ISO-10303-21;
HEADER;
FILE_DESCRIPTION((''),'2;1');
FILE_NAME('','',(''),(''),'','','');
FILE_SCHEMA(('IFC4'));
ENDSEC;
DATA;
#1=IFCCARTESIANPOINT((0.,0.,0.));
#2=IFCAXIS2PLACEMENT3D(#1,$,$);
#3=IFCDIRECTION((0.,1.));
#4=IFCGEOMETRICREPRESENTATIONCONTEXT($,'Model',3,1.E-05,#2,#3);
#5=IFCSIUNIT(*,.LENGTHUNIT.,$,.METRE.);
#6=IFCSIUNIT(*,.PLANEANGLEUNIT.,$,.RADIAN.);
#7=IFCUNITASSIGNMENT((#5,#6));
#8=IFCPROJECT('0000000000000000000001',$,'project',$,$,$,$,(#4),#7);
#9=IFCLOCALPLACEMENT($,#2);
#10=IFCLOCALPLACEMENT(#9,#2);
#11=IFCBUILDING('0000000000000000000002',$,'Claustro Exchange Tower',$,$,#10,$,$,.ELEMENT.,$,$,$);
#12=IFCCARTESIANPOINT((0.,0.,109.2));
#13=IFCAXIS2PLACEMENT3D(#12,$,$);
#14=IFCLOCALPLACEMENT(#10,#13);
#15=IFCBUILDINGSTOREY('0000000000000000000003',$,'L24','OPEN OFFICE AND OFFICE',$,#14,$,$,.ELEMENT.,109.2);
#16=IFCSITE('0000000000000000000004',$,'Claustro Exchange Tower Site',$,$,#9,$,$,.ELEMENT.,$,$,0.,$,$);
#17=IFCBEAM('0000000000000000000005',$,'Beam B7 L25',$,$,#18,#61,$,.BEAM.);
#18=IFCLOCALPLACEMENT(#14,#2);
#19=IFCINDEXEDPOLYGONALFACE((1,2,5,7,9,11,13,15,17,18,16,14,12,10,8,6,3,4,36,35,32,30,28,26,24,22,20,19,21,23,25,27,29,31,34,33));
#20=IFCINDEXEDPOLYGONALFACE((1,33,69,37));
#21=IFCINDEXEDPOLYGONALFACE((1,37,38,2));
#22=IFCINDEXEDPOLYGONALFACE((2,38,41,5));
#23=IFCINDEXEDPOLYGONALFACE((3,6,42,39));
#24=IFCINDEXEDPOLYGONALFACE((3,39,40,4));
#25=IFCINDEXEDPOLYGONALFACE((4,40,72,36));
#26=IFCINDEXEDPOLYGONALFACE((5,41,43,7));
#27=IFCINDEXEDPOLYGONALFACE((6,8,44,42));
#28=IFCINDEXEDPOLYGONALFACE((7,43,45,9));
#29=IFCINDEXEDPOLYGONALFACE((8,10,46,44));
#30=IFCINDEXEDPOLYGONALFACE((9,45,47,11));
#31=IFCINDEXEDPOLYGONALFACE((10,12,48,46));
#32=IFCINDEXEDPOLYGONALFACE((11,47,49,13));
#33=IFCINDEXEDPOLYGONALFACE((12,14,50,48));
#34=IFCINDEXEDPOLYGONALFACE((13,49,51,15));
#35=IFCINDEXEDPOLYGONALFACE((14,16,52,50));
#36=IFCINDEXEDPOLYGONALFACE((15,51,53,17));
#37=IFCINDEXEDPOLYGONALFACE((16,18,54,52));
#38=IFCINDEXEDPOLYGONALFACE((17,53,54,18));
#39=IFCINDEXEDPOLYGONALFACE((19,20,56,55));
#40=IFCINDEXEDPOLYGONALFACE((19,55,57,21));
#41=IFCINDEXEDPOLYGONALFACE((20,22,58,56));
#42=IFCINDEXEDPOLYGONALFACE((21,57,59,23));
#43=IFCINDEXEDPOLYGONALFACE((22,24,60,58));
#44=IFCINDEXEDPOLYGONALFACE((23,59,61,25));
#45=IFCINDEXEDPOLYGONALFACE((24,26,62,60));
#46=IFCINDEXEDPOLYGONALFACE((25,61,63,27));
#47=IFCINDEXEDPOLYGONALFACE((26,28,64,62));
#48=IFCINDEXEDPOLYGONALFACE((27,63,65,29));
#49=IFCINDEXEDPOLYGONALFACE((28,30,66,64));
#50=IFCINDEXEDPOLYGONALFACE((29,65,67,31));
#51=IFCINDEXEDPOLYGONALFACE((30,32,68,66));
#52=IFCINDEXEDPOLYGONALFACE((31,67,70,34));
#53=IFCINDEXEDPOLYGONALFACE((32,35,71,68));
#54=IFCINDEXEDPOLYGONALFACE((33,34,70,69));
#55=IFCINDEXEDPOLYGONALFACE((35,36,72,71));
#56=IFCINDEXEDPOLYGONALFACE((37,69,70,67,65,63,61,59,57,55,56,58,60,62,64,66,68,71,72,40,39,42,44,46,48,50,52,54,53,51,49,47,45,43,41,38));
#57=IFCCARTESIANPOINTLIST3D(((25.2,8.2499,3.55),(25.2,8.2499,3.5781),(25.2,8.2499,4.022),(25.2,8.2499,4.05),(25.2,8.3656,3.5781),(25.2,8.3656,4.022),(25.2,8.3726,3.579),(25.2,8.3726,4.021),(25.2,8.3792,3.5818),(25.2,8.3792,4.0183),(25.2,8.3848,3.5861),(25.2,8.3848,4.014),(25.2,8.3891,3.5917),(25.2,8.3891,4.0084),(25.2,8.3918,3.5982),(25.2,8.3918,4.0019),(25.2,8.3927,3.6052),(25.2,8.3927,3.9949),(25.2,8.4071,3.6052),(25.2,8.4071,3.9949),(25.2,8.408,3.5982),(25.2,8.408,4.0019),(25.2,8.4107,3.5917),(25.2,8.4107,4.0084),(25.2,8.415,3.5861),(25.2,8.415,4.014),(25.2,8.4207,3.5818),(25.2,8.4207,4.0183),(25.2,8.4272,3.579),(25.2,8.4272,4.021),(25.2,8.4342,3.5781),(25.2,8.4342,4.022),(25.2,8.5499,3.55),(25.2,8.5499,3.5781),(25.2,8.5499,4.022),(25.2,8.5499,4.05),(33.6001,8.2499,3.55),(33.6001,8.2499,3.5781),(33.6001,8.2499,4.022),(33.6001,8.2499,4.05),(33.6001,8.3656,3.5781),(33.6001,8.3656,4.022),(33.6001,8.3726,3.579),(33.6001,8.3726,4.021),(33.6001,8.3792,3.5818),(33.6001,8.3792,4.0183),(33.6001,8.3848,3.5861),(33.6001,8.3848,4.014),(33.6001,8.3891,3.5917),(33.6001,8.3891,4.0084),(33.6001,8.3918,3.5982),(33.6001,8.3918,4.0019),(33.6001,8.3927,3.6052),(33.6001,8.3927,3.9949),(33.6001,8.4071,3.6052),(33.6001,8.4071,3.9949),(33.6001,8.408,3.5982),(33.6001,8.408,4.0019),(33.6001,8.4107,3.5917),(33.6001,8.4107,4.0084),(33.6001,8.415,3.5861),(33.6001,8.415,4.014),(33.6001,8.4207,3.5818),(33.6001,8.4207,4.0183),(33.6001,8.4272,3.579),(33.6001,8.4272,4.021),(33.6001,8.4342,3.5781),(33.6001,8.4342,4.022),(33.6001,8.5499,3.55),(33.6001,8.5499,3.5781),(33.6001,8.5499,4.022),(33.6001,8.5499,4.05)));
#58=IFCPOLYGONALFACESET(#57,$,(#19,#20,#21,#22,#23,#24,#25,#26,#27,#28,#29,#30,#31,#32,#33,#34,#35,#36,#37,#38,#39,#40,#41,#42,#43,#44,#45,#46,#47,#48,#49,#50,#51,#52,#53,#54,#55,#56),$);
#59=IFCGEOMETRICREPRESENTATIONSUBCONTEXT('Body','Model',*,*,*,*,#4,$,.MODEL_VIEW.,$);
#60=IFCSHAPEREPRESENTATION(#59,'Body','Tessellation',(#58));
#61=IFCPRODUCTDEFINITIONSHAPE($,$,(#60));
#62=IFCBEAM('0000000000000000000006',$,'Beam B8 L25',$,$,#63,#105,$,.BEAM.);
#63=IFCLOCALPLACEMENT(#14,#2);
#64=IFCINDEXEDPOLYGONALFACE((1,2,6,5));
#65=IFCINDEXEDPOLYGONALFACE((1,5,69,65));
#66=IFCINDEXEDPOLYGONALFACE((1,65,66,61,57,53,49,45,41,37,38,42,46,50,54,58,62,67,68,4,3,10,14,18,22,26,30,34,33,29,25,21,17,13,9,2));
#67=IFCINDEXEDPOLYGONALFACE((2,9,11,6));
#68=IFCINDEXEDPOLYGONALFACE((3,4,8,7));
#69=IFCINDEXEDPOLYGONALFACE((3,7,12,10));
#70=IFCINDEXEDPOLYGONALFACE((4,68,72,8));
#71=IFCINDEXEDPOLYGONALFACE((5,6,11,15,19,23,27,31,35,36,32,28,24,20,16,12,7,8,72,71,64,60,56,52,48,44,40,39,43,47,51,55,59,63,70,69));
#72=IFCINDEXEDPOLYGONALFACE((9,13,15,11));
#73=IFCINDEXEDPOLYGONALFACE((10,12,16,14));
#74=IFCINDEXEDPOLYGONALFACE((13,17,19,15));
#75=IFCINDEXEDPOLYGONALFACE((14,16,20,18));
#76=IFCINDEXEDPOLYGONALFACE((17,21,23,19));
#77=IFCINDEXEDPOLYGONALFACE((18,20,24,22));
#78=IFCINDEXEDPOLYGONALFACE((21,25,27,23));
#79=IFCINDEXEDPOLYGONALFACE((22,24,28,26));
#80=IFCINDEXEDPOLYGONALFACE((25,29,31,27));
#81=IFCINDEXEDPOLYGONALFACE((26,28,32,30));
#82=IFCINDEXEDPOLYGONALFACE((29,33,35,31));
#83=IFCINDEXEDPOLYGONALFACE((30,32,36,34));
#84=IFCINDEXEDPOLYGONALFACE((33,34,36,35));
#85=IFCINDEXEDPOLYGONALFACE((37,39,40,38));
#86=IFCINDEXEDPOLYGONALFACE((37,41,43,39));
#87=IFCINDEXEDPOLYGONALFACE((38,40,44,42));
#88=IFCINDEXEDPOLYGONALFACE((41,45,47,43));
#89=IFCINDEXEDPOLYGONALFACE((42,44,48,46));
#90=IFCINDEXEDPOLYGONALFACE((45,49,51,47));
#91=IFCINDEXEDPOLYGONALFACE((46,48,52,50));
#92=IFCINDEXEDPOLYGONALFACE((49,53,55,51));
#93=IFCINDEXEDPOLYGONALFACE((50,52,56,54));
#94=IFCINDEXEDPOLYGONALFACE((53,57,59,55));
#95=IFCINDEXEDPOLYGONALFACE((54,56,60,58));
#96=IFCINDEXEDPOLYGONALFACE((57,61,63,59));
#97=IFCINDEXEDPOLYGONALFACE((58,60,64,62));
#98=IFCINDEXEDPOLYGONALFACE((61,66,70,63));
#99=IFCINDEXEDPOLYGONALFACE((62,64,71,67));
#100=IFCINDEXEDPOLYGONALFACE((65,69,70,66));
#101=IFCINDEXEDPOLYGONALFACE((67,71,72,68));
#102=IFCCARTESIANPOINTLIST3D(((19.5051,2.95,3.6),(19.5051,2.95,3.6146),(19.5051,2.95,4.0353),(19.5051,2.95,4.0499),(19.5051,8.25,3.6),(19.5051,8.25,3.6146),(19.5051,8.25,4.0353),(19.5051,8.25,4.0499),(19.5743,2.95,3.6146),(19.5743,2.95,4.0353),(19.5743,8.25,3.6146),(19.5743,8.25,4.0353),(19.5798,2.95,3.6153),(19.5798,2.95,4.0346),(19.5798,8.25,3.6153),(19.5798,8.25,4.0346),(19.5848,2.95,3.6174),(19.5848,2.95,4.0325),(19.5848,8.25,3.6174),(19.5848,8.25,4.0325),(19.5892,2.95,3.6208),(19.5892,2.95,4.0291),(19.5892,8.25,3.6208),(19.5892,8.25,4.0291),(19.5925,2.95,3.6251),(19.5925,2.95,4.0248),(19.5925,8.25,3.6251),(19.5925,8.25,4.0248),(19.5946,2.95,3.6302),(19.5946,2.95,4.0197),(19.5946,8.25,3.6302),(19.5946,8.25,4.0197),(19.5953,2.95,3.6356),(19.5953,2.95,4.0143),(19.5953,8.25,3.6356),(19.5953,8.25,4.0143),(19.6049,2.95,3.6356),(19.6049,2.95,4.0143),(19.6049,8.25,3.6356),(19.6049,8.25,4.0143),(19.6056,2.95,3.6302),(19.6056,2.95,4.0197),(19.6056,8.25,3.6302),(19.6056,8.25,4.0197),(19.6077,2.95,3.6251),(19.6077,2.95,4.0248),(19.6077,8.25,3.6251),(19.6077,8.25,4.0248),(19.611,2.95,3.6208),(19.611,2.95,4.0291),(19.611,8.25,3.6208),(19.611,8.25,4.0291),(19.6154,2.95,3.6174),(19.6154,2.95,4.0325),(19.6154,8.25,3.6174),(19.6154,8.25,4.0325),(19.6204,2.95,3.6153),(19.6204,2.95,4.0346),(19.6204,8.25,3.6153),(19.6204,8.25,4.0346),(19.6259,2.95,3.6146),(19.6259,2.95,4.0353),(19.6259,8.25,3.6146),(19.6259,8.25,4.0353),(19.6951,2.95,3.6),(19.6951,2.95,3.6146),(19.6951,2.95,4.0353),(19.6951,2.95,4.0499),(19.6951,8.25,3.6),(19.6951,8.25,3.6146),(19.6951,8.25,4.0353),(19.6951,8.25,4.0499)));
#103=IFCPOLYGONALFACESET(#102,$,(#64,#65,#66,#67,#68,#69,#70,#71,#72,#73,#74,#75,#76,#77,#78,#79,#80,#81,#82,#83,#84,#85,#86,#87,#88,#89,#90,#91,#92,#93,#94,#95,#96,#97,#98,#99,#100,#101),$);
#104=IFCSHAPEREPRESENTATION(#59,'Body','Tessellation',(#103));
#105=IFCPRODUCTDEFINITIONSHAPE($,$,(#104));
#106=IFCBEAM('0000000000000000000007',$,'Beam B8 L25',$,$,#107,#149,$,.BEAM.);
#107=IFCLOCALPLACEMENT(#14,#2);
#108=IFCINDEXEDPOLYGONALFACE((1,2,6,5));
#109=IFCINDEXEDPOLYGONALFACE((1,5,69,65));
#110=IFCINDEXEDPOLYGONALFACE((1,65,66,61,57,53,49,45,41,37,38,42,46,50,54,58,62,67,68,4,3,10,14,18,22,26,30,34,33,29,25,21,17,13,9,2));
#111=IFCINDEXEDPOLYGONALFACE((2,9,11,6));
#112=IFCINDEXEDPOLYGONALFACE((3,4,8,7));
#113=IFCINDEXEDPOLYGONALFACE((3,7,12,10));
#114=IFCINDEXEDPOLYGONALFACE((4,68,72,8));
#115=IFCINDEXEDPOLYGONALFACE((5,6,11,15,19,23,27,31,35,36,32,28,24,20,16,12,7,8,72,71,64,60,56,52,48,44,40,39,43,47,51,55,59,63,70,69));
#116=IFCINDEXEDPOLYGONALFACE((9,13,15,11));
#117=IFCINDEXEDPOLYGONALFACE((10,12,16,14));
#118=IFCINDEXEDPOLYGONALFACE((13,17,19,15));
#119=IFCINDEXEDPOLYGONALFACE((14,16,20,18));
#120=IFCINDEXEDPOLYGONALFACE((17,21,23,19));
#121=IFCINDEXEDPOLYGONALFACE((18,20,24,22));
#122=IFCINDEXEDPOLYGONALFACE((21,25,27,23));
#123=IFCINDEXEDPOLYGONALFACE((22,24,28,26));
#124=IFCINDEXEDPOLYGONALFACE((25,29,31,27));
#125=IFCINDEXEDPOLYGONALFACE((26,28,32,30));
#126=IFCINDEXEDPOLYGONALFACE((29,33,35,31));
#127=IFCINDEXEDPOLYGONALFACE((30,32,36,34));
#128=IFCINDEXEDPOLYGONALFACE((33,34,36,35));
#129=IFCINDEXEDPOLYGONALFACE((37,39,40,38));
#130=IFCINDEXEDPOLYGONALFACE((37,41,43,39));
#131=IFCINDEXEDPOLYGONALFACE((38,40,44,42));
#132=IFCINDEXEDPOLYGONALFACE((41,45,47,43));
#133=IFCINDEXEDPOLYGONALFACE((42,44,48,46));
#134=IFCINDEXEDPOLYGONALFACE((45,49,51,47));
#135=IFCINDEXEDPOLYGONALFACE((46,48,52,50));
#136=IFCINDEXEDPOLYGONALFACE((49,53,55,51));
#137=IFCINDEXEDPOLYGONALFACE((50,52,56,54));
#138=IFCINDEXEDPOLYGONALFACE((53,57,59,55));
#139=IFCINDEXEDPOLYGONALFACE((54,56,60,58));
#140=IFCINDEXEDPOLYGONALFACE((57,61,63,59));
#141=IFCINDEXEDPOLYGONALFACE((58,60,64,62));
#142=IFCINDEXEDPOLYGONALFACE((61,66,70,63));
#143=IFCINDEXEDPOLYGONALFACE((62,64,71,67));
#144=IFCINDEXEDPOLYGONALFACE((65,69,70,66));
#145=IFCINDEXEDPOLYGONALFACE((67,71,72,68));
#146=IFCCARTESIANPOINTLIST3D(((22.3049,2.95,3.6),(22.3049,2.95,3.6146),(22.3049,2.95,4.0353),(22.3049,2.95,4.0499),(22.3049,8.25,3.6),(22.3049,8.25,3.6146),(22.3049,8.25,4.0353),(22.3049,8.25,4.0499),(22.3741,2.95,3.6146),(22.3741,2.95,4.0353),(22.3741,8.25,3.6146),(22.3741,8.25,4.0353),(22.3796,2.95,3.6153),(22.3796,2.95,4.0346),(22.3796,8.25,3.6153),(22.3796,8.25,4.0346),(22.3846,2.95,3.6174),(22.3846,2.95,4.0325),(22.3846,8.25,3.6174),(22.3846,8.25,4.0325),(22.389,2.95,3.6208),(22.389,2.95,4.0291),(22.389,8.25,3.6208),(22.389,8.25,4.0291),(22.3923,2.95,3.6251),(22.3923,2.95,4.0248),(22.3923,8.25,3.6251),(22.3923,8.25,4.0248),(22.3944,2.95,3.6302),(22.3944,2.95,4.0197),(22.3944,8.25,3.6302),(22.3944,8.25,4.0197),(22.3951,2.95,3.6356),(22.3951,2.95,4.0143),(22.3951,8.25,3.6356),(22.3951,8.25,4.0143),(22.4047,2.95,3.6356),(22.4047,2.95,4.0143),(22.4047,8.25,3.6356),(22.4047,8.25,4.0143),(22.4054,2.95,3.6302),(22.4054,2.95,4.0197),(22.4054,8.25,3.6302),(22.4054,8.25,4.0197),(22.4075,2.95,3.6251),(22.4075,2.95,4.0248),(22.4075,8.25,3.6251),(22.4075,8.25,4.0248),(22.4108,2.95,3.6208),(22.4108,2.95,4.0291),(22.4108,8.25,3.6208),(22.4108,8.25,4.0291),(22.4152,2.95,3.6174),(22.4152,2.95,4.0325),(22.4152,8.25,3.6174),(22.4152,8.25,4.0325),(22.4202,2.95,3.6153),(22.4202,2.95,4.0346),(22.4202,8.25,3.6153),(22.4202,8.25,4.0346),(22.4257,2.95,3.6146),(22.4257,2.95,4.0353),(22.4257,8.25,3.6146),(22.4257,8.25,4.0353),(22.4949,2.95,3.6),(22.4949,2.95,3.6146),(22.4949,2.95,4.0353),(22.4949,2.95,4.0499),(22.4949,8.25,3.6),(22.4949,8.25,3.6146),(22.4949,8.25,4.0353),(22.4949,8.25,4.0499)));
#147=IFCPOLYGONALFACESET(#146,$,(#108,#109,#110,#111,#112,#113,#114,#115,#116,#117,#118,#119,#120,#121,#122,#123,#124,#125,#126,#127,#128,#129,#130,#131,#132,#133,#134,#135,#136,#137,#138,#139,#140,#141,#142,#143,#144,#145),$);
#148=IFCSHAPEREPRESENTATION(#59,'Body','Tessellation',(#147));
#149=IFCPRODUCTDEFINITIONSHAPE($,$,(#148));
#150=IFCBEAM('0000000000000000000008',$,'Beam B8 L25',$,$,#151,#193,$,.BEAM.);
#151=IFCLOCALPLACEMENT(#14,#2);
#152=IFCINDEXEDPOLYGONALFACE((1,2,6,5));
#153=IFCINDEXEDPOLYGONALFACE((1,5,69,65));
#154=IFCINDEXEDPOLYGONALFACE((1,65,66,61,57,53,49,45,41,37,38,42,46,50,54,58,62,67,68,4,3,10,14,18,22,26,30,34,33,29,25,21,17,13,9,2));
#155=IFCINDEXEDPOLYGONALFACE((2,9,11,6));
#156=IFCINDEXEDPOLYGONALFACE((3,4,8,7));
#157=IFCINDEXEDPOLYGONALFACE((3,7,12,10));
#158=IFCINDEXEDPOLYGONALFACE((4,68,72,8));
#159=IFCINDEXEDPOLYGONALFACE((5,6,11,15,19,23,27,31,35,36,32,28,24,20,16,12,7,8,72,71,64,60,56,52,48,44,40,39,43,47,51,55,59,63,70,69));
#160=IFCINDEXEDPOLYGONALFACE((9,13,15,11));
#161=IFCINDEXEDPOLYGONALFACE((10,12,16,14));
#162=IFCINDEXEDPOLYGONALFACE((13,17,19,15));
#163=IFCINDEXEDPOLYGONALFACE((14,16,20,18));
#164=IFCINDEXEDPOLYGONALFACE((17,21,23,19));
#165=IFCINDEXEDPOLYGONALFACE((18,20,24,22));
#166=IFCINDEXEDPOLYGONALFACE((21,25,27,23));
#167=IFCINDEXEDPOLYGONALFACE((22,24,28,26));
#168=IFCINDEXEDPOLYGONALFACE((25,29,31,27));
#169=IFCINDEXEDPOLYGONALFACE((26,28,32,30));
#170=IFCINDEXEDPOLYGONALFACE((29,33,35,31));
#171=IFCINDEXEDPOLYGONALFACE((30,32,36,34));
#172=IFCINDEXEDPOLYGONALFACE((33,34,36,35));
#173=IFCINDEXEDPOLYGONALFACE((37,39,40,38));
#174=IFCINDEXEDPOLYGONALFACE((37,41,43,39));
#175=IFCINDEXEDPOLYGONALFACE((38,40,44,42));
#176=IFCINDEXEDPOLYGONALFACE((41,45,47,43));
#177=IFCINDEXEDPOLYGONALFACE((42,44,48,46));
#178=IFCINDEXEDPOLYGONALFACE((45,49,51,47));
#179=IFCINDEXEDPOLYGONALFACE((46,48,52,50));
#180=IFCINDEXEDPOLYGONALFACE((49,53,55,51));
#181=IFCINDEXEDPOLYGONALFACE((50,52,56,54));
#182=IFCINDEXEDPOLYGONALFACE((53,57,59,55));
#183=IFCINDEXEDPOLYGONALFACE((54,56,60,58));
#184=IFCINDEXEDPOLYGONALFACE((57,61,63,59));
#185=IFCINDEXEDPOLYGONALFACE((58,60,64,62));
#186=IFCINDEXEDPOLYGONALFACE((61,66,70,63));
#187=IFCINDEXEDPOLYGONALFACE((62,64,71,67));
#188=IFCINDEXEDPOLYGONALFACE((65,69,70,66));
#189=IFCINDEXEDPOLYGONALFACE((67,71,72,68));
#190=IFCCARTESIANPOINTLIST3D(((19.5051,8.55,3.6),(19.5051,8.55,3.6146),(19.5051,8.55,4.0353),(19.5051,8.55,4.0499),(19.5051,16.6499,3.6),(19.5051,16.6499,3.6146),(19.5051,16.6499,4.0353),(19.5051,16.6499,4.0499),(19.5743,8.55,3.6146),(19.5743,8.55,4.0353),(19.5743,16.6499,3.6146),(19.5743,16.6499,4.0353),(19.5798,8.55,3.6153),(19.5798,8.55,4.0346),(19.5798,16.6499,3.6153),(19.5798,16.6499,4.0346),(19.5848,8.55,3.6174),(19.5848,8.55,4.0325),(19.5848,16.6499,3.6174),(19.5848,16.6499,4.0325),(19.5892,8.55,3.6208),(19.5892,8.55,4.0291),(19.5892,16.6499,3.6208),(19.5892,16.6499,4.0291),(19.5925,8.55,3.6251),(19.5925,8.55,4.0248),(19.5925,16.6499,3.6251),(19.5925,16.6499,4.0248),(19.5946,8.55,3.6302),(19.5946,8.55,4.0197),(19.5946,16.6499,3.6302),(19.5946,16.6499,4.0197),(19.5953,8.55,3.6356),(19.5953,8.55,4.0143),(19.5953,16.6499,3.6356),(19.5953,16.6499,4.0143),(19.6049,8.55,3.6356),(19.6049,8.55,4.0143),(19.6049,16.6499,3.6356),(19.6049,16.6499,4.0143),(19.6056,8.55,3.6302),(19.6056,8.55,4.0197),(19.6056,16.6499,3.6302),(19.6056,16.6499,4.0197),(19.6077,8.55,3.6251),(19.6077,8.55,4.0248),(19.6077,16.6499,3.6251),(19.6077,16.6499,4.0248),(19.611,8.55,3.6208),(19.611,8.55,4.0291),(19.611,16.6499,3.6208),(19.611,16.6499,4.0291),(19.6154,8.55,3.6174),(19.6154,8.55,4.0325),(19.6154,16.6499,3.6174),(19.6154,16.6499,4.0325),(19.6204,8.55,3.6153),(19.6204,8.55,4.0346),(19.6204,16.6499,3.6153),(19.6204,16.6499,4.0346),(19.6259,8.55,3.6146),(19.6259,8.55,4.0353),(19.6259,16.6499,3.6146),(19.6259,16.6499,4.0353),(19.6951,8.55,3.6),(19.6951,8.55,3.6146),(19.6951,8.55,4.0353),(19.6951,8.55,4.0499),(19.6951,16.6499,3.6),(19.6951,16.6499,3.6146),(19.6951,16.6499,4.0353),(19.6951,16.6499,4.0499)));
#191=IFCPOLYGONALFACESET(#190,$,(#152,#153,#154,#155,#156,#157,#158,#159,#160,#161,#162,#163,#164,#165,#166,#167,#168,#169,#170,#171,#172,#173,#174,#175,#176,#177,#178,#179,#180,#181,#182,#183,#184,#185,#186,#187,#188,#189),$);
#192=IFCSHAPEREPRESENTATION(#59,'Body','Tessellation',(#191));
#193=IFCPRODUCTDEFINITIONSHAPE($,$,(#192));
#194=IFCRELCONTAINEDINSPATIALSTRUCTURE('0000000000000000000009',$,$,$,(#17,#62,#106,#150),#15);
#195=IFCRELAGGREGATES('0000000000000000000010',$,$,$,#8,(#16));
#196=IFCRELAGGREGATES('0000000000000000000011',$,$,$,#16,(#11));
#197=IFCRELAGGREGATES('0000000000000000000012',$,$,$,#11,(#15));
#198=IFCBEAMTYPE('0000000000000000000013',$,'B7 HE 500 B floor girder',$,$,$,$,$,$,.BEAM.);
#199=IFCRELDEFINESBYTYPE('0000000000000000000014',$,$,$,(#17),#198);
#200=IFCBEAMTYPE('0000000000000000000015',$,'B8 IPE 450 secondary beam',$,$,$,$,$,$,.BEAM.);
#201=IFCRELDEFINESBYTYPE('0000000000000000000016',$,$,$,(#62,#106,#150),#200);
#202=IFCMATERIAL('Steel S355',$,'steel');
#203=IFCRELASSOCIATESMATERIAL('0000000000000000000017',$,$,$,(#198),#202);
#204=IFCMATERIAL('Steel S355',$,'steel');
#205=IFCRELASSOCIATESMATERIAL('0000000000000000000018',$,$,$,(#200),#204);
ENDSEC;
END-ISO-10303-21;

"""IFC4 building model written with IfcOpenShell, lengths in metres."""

from ifc_helpers import new_model, si_unit, direction, frame, origin, origin_2d, place, context, subcontext, project, spatial, i_section, extrude, material, material_profile, profile_set, type_object, element, save


model = new_model("IFC4")

# Units and contexts
model_context = context("Model", 3, precision=1e-05, world=origin(), true_north=direction((0.0, 1.0)))
body_context = subcontext(model_context, "Body", "Model", "MODEL_VIEW")
ifc_project = project(units=[si_unit("LENGTHUNIT", "METRE"), si_unit("PLANEANGLEUNIT", "RADIAN")], contexts=[model_context])

# Site, building, storey
site_placement = place(None, origin())
site = spatial("IfcSite", under=ifc_project, at=site_placement, Name="Claustro Exchange Tower Site", CompositionType="ELEMENT", RefElevation=0.0)
building_placement = place(site_placement, origin())
building = spatial("IfcBuilding", under=site, at=building_placement, Name="Claustro Exchange Tower", CompositionType="ELEMENT")
storey_placement = place(building_placement, frame((0.0, 0.0, 109.2)))
storey = spatial("IfcBuildingStorey", under=building, at=storey_placement, Name="L24", Description="OPEN OFFICE AND OFFICE", CompositionType="ELEMENT", Elevation=109.2)

# Beams
ifc_material_1 = material(Name="Steel S355", Category="steel")
ifc_material_profile_1 = material_profile(ifc_material_1, i_section(OverallWidth=0.3, OverallDepth=0.5, WebThickness=0.0144, FlangeThickness=0.0281, FilletRadius=0.0271, at=origin_2d()), Name="HE 500 B")
ifc_profile_set_1 = profile_set([ifc_material_profile_1], Name="Steel S355")
beam_type_1 = type_object("IfcBeamType", Name="B7 HE 500 B floor girder", PredefinedType="BEAM", material=ifc_profile_set_1)
for number, where, z_axis, x_axis, name in (
    (1, (25.2, 8.3999, 3.8), (1.0, 0.0, 0.0), (0.0, 1.0, 0.0), "Beam B7 L25"),
):
    element("IfcBeam", number, at=place(storey_placement, frame(where, z_axis=z_axis, x_axis=x_axis)), inside=storey, type_object=beam_type_1, Name=name, PredefinedType="BEAM", context=body_context, shape_type="SweptSolid", body=[
        extrude(i_section(OverallWidth=0.3, OverallDepth=0.5, WebThickness=0.0144, FlangeThickness=0.0281, FilletRadius=0.0271, at=origin_2d()), origin(), (0.0, 0.0, 1.0), 8.4001),
    ])
ifc_material_2 = material(Name="Steel S355", Category="steel")
ifc_material_profile_2 = material_profile(ifc_material_2, i_section(OverallWidth=0.1899, OverallDepth=0.45, WebThickness=0.0095, FlangeThickness=0.0146, FilletRadius=0.021, at=origin_2d()), Name="IPE 450")
ifc_profile_set_2 = profile_set([ifc_material_profile_2], Name="Steel S355")
beam_type_2 = type_object("IfcBeamType", Name="B8 IPE 450 secondary beam", PredefinedType="BEAM", material=ifc_profile_set_2)
for number, where, z_axis, x_axis, name in (
    (2, (19.6001, 2.95, 3.825), (0.0, 1.0, 0.0), (-1.0, 0.0, 0.0), "Beam B8 L25"),
    (3, (22.3999, 2.95, 3.825), (0.0, 1.0, 0.0), (-1.0, 0.0, 0.0), "Beam B8 L25"),
):
    element("IfcBeam", number, at=place(storey_placement, frame(where, z_axis=z_axis, x_axis=x_axis)), inside=storey, type_object=beam_type_2, Name=name, PredefinedType="BEAM", context=body_context, shape_type="SweptSolid", body=[
        extrude(i_section(OverallWidth=0.1899, OverallDepth=0.45, WebThickness=0.0095, FlangeThickness=0.0146, FilletRadius=0.021, at=origin_2d()), origin(), (0.0, 0.0, 1.0), 5.3),
    ])
for number, where, z_axis, x_axis, name in (
    (4, (19.6001, 8.55, 3.825), (0.0, 1.0, 0.0), (-1.0, 0.0, 0.0), "Beam B8 L25"),
):
    element("IfcBeam", number, at=place(storey_placement, frame(where, z_axis=z_axis, x_axis=x_axis)), inside=storey, type_object=beam_type_2, Name=name, PredefinedType="BEAM", context=body_context, shape_type="SweptSolid", body=[
        extrude(i_section(OverallWidth=0.1899, OverallDepth=0.45, WebThickness=0.0095, FlangeThickness=0.0146, FilletRadius=0.021, at=origin_2d()), origin(), (0.0, 0.0, 1.0), 8.0999),
    ])

save(model, "model.ifc")
